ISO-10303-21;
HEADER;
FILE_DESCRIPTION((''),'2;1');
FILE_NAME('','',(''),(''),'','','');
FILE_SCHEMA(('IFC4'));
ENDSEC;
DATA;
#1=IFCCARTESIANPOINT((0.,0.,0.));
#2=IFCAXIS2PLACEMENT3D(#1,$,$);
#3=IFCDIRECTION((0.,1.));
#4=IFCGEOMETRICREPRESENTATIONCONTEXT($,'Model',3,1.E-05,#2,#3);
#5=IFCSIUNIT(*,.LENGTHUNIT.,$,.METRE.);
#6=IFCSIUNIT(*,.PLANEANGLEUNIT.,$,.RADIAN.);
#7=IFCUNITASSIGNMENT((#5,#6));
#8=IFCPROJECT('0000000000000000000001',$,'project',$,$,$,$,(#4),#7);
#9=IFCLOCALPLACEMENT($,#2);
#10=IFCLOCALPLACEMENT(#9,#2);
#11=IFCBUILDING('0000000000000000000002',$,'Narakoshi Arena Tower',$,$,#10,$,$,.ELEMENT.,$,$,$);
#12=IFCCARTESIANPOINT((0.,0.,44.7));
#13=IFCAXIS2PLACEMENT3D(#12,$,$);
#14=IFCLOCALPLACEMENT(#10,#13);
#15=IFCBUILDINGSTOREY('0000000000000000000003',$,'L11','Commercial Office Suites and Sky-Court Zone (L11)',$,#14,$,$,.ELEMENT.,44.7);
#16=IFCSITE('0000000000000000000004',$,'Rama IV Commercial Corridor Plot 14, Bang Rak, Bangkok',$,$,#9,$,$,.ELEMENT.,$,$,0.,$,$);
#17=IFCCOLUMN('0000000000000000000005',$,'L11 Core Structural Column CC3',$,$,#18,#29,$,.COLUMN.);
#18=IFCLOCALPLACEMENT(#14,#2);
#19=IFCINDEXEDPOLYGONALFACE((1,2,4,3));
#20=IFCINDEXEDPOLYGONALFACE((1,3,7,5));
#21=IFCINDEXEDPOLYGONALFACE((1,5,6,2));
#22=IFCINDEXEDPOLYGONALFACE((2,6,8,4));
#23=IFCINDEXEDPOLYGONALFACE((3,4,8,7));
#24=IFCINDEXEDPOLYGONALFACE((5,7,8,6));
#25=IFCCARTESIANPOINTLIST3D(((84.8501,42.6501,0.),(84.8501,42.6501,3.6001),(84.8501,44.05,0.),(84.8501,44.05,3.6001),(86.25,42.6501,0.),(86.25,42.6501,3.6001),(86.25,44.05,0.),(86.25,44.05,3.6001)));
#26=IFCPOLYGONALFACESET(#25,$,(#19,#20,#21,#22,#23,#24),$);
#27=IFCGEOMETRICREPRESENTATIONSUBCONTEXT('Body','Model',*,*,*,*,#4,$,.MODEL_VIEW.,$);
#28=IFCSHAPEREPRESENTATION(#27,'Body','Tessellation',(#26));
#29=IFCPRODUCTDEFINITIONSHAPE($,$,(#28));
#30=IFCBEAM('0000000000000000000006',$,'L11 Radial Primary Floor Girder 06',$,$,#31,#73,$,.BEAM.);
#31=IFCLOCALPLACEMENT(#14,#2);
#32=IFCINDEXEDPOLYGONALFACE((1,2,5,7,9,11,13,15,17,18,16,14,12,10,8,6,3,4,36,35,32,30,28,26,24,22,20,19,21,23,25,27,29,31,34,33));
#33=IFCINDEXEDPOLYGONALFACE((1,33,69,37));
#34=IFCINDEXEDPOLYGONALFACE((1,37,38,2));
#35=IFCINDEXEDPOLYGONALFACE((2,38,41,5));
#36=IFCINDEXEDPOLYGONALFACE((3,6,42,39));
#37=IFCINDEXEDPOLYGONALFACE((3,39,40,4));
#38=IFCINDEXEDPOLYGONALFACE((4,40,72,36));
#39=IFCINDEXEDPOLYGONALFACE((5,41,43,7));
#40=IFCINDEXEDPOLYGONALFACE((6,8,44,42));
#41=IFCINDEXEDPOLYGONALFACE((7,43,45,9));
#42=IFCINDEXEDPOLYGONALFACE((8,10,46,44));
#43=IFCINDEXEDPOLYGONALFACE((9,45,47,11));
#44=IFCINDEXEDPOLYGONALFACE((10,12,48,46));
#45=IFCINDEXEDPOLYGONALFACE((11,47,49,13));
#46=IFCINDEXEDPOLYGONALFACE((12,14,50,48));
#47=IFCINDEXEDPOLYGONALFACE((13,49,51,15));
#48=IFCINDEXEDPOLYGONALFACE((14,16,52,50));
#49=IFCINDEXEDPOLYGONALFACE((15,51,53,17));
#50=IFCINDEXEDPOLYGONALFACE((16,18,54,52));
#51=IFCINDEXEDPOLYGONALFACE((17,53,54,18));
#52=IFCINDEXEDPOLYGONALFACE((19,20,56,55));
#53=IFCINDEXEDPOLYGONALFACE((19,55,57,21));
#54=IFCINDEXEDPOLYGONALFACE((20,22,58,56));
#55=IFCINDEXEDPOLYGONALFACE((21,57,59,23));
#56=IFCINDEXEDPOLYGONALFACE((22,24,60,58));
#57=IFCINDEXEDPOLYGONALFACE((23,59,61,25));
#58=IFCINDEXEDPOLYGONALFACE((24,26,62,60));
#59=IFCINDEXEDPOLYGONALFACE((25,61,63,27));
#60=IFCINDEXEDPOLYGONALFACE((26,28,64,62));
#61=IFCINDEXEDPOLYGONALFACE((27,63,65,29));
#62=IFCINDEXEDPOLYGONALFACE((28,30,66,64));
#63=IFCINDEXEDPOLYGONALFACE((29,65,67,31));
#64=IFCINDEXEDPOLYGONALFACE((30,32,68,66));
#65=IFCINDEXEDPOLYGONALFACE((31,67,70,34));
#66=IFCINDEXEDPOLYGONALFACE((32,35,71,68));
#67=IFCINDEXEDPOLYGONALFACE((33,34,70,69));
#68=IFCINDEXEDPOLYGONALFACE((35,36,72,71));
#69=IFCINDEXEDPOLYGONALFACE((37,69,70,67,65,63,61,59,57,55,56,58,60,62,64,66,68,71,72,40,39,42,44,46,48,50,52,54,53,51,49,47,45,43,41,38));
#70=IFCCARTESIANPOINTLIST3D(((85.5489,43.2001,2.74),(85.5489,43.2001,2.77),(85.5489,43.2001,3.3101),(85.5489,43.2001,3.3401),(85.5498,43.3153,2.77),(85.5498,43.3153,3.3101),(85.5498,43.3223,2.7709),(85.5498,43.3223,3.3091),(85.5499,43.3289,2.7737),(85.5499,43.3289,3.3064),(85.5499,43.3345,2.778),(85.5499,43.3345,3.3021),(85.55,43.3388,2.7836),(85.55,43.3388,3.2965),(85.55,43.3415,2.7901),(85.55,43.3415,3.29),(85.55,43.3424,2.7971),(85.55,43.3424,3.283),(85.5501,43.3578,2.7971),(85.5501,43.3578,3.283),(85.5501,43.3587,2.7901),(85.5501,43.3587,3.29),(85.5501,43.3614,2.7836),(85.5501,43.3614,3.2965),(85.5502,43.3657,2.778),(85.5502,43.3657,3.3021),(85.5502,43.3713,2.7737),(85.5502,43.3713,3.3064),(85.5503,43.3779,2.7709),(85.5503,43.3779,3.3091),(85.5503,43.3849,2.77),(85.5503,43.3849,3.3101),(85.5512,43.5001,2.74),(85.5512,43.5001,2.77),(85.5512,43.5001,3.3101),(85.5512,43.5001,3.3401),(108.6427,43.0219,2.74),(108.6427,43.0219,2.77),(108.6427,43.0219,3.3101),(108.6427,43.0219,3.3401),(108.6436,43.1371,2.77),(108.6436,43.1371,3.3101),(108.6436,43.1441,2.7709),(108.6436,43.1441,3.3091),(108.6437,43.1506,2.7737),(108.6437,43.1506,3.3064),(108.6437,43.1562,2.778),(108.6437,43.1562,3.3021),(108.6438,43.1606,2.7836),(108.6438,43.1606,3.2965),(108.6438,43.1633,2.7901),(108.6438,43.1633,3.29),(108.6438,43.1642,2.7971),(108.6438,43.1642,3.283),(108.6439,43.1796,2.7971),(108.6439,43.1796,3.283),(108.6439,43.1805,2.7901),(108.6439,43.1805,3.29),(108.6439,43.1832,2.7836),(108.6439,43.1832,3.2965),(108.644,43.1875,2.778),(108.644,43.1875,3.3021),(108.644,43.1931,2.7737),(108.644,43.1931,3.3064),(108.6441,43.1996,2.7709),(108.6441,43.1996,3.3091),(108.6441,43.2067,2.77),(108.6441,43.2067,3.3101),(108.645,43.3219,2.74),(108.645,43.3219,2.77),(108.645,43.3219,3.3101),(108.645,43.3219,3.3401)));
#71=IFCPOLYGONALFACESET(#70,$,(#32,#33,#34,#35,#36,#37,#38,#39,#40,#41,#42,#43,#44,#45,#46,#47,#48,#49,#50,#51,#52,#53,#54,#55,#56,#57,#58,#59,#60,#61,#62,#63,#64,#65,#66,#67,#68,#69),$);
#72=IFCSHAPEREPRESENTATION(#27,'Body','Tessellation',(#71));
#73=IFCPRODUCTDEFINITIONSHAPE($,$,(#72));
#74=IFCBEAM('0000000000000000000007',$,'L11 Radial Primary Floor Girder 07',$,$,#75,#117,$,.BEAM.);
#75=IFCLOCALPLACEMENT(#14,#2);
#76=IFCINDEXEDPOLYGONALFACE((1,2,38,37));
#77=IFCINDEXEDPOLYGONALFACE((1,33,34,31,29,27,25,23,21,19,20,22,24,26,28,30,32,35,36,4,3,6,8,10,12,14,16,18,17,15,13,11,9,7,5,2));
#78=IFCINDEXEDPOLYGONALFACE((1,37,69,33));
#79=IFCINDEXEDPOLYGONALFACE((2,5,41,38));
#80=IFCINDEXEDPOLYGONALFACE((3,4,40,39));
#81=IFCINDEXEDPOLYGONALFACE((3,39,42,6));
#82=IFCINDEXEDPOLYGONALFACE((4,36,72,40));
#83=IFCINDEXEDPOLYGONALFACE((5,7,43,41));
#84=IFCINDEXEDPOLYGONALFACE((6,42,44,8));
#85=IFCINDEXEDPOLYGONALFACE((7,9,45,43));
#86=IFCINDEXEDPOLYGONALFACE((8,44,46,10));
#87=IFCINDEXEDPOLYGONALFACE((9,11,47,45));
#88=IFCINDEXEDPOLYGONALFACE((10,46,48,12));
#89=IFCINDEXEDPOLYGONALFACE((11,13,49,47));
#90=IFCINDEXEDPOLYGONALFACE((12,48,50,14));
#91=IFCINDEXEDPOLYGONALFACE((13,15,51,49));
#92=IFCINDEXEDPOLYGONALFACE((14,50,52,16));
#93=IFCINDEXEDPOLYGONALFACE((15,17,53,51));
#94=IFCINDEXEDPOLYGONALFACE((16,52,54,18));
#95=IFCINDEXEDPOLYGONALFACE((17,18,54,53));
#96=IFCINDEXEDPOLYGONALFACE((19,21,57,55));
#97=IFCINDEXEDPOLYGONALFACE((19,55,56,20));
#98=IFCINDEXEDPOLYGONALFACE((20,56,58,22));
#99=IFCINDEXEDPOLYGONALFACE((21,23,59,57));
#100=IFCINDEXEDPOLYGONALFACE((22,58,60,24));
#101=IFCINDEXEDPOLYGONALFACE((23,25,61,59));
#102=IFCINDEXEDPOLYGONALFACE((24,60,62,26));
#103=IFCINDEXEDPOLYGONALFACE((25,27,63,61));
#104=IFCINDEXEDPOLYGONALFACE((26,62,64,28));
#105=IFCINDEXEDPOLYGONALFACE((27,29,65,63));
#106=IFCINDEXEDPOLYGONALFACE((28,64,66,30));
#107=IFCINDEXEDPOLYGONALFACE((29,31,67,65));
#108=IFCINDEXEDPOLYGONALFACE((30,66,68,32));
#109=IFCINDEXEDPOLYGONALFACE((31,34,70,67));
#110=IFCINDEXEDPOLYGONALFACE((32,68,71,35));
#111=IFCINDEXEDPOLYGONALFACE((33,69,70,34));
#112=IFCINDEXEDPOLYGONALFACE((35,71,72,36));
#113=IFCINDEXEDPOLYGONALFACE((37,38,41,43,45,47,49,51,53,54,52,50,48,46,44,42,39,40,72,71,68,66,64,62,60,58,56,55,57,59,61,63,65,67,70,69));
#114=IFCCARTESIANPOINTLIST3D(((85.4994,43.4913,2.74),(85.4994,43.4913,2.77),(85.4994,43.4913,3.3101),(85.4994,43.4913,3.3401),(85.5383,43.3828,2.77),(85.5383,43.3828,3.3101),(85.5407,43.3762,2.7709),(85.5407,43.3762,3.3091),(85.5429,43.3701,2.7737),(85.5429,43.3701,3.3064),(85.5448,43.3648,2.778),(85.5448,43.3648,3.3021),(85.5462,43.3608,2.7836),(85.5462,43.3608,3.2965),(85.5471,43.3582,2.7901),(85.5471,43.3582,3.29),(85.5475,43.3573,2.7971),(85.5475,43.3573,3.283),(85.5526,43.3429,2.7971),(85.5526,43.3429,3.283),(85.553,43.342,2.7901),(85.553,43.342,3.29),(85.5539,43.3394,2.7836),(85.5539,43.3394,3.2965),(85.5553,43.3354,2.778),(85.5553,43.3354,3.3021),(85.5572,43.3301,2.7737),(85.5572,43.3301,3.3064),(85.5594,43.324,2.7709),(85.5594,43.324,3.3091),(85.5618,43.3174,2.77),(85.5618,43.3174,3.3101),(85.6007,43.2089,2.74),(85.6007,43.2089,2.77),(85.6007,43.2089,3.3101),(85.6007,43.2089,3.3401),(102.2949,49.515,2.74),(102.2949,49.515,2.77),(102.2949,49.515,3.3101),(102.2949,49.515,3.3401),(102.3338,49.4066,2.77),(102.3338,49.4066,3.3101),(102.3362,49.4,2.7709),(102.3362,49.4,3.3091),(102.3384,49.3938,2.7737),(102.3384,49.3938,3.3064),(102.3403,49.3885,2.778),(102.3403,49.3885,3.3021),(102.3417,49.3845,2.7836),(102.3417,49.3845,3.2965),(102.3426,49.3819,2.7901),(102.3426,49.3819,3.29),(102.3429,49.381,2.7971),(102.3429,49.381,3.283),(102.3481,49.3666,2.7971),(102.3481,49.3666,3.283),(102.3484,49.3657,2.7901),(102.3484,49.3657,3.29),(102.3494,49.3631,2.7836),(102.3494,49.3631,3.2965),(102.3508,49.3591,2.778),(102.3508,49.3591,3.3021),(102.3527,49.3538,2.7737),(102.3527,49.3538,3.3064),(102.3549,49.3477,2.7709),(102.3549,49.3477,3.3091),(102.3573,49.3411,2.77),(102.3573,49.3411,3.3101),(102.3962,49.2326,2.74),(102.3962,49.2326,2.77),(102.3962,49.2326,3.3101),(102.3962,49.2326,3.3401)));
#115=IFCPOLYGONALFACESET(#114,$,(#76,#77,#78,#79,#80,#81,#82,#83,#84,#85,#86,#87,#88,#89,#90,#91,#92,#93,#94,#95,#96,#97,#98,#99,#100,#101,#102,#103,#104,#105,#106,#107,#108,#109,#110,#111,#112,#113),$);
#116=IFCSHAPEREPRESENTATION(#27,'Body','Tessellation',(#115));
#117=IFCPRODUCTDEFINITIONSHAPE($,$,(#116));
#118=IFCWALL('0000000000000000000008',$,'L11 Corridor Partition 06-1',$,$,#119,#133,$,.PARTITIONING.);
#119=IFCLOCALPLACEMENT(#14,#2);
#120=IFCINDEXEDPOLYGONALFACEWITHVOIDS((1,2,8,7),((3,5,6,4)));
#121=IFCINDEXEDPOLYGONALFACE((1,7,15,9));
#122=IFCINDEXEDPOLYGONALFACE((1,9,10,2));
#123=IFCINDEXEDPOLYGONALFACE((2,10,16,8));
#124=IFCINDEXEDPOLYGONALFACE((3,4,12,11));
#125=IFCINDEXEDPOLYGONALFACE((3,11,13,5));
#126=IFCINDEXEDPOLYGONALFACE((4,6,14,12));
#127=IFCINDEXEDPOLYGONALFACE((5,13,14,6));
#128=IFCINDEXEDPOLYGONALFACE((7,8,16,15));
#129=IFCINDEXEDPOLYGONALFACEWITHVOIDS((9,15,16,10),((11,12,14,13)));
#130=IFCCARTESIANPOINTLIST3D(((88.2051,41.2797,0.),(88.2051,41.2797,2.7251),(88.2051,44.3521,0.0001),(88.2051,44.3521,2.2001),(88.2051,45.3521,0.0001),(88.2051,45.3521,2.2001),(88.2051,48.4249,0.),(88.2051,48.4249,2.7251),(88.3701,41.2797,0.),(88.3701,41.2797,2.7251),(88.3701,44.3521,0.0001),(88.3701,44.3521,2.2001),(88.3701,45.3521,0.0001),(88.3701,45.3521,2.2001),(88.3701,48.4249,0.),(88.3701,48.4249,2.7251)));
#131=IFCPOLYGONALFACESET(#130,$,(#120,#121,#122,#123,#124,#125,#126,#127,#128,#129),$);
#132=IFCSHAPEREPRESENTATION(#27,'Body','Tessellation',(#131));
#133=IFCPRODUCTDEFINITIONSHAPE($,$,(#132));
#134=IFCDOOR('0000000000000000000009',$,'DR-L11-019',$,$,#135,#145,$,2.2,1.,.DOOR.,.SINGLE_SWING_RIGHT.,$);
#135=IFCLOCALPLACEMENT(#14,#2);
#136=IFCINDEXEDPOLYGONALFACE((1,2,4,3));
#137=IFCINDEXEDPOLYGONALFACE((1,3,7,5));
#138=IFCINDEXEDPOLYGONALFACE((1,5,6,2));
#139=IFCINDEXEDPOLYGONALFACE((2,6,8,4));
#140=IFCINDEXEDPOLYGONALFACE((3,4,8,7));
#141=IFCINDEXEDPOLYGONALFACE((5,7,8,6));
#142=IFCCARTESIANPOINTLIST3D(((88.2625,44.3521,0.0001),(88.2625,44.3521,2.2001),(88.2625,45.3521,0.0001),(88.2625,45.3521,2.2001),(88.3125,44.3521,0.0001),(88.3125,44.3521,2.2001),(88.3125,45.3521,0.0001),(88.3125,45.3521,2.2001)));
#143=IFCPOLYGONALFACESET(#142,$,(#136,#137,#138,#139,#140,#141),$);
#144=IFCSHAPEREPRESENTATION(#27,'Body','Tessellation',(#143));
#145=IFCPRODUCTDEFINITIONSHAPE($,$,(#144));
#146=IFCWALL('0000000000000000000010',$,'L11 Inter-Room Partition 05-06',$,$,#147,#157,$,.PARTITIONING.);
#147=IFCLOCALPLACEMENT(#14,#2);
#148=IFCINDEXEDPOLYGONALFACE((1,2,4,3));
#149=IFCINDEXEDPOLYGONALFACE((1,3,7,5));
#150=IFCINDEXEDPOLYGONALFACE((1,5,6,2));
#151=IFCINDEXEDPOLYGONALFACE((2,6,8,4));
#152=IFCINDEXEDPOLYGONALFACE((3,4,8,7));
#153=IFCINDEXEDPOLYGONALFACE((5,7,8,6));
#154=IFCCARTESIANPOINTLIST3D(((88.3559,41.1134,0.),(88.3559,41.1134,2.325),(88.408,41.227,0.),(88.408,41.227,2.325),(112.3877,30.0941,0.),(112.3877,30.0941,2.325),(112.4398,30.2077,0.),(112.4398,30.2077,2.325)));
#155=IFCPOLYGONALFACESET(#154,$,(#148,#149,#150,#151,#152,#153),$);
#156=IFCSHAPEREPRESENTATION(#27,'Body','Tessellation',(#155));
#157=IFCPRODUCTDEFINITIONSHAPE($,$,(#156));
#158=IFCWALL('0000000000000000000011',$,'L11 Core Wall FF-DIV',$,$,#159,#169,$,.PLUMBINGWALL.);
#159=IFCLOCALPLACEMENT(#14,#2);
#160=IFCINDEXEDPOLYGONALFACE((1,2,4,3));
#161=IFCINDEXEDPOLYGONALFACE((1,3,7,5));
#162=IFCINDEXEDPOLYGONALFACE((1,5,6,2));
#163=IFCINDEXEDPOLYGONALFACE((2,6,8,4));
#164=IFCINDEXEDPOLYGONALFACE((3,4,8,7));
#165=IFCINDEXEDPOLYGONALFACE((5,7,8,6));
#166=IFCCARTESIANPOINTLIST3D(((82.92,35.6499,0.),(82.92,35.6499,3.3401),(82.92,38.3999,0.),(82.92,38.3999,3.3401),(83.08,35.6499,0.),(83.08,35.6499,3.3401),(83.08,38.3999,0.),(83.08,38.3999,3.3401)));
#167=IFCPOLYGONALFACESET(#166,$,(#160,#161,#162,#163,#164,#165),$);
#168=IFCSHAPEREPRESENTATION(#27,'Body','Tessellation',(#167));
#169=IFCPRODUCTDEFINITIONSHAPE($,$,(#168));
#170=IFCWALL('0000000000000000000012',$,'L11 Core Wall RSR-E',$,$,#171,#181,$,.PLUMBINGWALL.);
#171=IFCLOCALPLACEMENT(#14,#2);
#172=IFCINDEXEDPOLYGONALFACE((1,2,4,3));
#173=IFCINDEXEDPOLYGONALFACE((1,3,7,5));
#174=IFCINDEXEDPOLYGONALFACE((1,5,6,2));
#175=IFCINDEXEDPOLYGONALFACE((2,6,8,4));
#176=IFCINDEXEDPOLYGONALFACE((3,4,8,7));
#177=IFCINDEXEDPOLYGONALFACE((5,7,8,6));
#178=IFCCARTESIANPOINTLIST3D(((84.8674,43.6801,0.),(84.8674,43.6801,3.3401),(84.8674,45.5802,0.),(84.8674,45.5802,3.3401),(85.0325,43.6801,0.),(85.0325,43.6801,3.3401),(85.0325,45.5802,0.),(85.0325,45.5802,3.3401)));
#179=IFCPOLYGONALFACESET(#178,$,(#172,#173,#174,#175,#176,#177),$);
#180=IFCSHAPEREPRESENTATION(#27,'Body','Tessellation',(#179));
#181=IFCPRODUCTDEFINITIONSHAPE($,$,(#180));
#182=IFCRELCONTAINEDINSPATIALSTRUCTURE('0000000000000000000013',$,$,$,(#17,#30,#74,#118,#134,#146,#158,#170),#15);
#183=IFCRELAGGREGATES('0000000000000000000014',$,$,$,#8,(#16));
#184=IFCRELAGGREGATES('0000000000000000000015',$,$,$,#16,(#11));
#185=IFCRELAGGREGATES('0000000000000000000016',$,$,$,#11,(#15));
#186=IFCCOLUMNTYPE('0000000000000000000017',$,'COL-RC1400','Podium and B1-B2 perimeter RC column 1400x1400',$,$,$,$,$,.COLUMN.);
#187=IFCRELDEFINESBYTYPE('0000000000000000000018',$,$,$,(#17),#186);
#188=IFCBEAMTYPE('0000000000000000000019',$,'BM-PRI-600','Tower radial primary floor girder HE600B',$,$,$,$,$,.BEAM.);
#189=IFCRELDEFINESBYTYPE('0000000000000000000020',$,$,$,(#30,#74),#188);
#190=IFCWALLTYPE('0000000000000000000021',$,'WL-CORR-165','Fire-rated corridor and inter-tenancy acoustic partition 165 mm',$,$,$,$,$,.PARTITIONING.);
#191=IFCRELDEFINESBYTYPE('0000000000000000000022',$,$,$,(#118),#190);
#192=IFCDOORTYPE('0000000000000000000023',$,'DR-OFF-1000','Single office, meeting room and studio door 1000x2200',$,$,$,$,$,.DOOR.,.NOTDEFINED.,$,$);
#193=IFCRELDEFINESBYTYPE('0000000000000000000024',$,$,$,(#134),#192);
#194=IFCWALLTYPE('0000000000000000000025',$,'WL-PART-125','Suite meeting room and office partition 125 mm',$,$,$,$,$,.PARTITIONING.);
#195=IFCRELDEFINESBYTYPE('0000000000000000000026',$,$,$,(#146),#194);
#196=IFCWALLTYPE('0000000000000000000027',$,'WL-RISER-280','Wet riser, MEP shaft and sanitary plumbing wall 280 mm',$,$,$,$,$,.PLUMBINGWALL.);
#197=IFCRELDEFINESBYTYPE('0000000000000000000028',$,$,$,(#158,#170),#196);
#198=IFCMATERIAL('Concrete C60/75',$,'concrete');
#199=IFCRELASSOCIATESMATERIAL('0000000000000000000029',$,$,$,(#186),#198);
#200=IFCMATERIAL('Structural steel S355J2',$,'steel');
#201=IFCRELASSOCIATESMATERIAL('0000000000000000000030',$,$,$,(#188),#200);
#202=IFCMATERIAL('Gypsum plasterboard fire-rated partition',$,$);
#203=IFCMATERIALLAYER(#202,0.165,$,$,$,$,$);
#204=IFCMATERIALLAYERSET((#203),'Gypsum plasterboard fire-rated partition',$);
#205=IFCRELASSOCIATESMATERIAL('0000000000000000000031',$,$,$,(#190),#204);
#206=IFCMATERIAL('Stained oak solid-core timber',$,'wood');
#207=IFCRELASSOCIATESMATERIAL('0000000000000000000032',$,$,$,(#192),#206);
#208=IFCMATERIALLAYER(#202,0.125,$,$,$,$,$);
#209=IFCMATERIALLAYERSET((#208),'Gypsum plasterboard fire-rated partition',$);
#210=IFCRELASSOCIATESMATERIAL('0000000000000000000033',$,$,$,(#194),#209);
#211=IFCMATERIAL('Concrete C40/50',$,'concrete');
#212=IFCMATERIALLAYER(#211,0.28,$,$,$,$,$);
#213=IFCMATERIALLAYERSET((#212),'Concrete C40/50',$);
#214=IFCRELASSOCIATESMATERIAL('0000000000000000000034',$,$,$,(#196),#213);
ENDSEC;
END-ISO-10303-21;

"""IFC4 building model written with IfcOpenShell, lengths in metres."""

from ifc_helpers import new_model, si_unit, direction, frame, frame_2d, origin, origin_2d, place, context, subcontext, project, spatial, rectangle, i_section, extrude, material, layer, layer_set, material_profile, profile_set, type_object, element, fill, save


model = new_model("IFC4")

# Units and contexts
model_context = context("Model", 3, precision=1e-05, world=origin(), true_north=direction((0.0, 1.0)))
body_context = subcontext(model_context, "Body", "Model", "MODEL_VIEW")
ifc_project = project(units=[si_unit("LENGTHUNIT", "METRE"), si_unit("PLANEANGLEUNIT", "RADIAN")], contexts=[model_context])

# Site, building, storey
site_placement = place(None, origin())
site = spatial("IfcSite", under=ifc_project, at=site_placement, Name="Rama IV Commercial Corridor Plot 14, Bang Rak, Bangkok", CompositionType="ELEMENT", RefElevation=0.0)
building_placement = place(site_placement, origin())
building = spatial("IfcBuilding", under=site, at=building_placement, Name="Narakoshi Arena Tower", CompositionType="ELEMENT")
storey_placement = place(building_placement, frame((0.0, 0.0, 44.7)))
storey = spatial("IfcBuildingStorey", under=building, at=storey_placement, Name="L11", Description="Commercial Office Suites and Sky-Court Zone (L11)", CompositionType="ELEMENT", Elevation=44.7)

# Column
ifc_material_1 = material(Name="Concrete C60/75", Category="concrete")
ifc_material_profile_1 = material_profile(ifc_material_1, rectangle(XDim=1.3999, YDim=1.3999, at=origin_2d()), Name="RC1400x1400")
ifc_profile_set_1 = profile_set([ifc_material_profile_1], Name="Concrete C60/75")
column_type = type_object("IfcColumnType", Name="COL-RC1400", Description="Podium and B1-B2 perimeter RC column 1400x1400", PredefinedType="COLUMN", material=ifc_profile_set_1)
column_placement = place(storey_placement, frame((85.55, 43.3501, 0.0), z_axis=(0.0, 0.0, 1.0), x_axis=(1.0, 0.0, 0.0)))
element("IfcColumn", 1, at=column_placement, inside=storey, type_object=column_type, Name="L11 Core Structural Column CC3", PredefinedType="COLUMN", context=body_context, shape_type="SweptSolid", body=[
    extrude(rectangle(XDim=1.3999, YDim=1.3999, at=origin_2d()), origin(), (0.0, 0.0, 1.0), 3.6001),
])

# Beams
ifc_material_2 = material(Name="Structural steel S355J2", Category="steel")
ifc_material_profile_2 = material_profile(ifc_material_2, i_section(OverallWidth=0.3, OverallDepth=0.6001, WebThickness=0.0154, FlangeThickness=0.03, FilletRadius=0.0271, at=origin_2d()), Name="HE600B")
ifc_profile_set_2 = profile_set([ifc_material_profile_2], Name="Structural steel S355J2")
beam_type = type_object("IfcBeamType", Name="BM-PRI-600", Description="Tower radial primary floor girder HE600B", PredefinedType="BEAM", material=ifc_profile_set_2)
beam_1_placement = place(storey_placement, frame((85.55, 43.3501, 3.04), z_axis=(0.99997, -0.007717, 0.0), x_axis=(0.007717, 0.99997, 0.0)))
element("IfcBeam", 2, at=beam_1_placement, inside=storey, type_object=beam_type, Name="L11 Radial Primary Floor Girder 06", PredefinedType="BEAM", context=body_context, shape_type="SweptSolid", body=[
    extrude(i_section(OverallWidth=0.3, OverallDepth=0.6001, WebThickness=0.0154, FlangeThickness=0.03, FilletRadius=0.0271, at=origin_2d()), origin(), (0.0, 0.0, 1.0), 23.0945),
])
beam_2_placement = place(storey_placement, frame((85.55, 43.3501, 3.04), z_axis=(0.941292, 0.337595, 0.0), x_axis=(-0.337595, 0.941292, 0.0)))
element("IfcBeam", 3, at=beam_2_placement, inside=storey, type_object=beam_type, Name="L11 Radial Primary Floor Girder 07", PredefinedType="BEAM", context=body_context, shape_type="SweptSolid", body=[
    extrude(i_section(OverallWidth=0.3, OverallDepth=0.6001, WebThickness=0.0154, FlangeThickness=0.03, FilletRadius=0.0271, at=origin_2d()), origin(), (0.0, 0.0, 1.0), 17.843),
])

# Wall, opening, door
ifc_material_3 = material(Name="Gypsum plasterboard fire-rated partition")
ifc_layer_1 = layer(ifc_material_3, 0.165)
ifc_layer_set_1 = layer_set([ifc_layer_1], Name="Gypsum plasterboard fire-rated partition")
wall_type_1 = type_object("IfcWallType", Name="WL-CORR-165", Description="Fire-rated corridor and inter-tenancy acoustic partition 165 mm", PredefinedType="PARTITIONING", material=ifc_layer_set_1)
wall_1_placement = place(storey_placement, frame((88.2876, 41.2795, 0.0), z_axis=(0.0, 0.0, 1.0), x_axis=(0.0, 1.0, 0.0)))
wall_1 = element("IfcWall", 4, at=wall_1_placement, inside=storey, type_object=wall_type_1, Name="L11 Corridor Partition 06-1", PredefinedType="PARTITIONING", context=body_context, shape_type="SweptSolid", body=[
    extrude(rectangle(XDim=7.1453, YDim=0.165, at=frame_2d((3.5728, 0.0))), origin(), (0.0, 0.0, 1.0), 2.7251),
])
opening_1_placement = place(wall_1_placement, frame((3.0725, 0.0, 0.0)))
opening_1 = element("IfcOpeningElement", 5, at=opening_1_placement, cuts=wall_1, PredefinedType="OPENING", context=body_context, shape_type="SweptSolid", body=[
    extrude(rectangle(XDim=1.0, YDim=2.2, at=frame_2d((0.5, 1.1001))), frame((0.0, 0.0925, 0.0), z_axis=(0.0, -1.0, 0.0), x_axis=(1.0, 0.0, 0.0)), (0.0, 0.0, 1.0), 0.1851),
])
ifc_material_4 = material(Name="Stained oak solid-core timber", Category="wood")
door_type_1 = type_object("IfcDoorType", Name="DR-OFF-1000", Description="Single office, meeting room and studio door 1000x2200", OperationType="NOTDEFINED", PredefinedType="DOOR", material=ifc_material_4)
door_1_placement = place(opening_1_placement, frame((1.0, 0.0, 0.0), z_axis=(0.0, 0.0, 1.0), x_axis=(-1.0, 0.0, 0.0)))
door_1 = element("IfcDoor", 6, at=door_1_placement, inside=storey, type_object=door_type_1, Name="DR-L11-019", OperationType="SINGLE_SWING_RIGHT", OverallHeight=2.2, OverallWidth=1.0, PredefinedType="DOOR", context=body_context, shape_type="SweptSolid", body=[
    extrude(rectangle(XDim=1.0, YDim=2.2, at=frame_2d((0.5, 1.1001))), frame((0.0, 0.0249, 0.0), z_axis=(0.0, -1.0, 0.0), x_axis=(1.0, 0.0, 0.0)), (0.0, 0.0, 1.0), 0.05),
])
fill(opening_1, door_1)

# Walls
ifc_layer_2 = layer(ifc_material_3, 0.125)
ifc_layer_set_2 = layer_set([ifc_layer_2], Name="Gypsum plasterboard fire-rated partition")
wall_type_2 = type_object("IfcWallType", Name="WL-PART-125", Description="Suite meeting room and office partition 125 mm", PredefinedType="PARTITIONING", material=ifc_layer_set_2)
wall_2_placement = place(storey_placement, frame((88.3821, 41.1702, 0.0), z_axis=(0.0, 0.0, 1.0), x_axis=(0.908997, -0.416803, 0.0)))
element("IfcWall", 7, at=wall_2_placement, inside=storey, type_object=wall_type_2, Name="L11 Inter-Room Partition 05-06", PredefinedType="PARTITIONING", context=body_context, shape_type="SweptSolid", body=[
    extrude(rectangle(XDim=26.4377, YDim=0.125, at=frame_2d((13.2188, 0.0))), origin(), (0.0, 0.0, 1.0), 2.325),
])
ifc_material_5 = material(Name="Concrete C40/50", Category="concrete")
ifc_layer_3 = layer(ifc_material_5, 0.28)
ifc_layer_set_3 = layer_set([ifc_layer_3], Name="Concrete C40/50")
wall_type_3 = type_object("IfcWallType", Name="WL-RISER-280", Description="Wet riser, MEP shaft and sanitary plumbing wall 280 mm", PredefinedType="PLUMBINGWALL", material=ifc_layer_set_3)
wall_3_placement = place(storey_placement, frame((83.0, 35.6499, 0.0), z_axis=(0.0, 0.0, 1.0), x_axis=(0.0, 1.0, 0.0)))
element("IfcWall", 8, at=wall_3_placement, inside=storey, type_object=wall_type_3, Name="L11 Core Wall FF-DIV", PredefinedType="PLUMBINGWALL", context=body_context, shape_type="SweptSolid", body=[
    extrude(rectangle(XDim=2.75, YDim=0.1599, at=frame_2d((1.375, 0.0))), origin(), (0.0, 0.0, 1.0), 3.3401),
])
wall_4_placement = place(storey_placement, frame((84.95, 43.6799, 0.0), z_axis=(0.0, 0.0, 1.0), x_axis=(0.0, 1.0, 0.0)))
element("IfcWall", 9, at=wall_4_placement, inside=storey, type_object=wall_type_3, Name="L11 Core Wall RSR-E", PredefinedType="PLUMBINGWALL", context=body_context, shape_type="SweptSolid", body=[
    extrude(rectangle(XDim=1.9001, YDim=0.165, at=frame_2d((0.9502, 0.0))), origin(), (0.0, 0.0, 1.0), 3.3401),
])

save(model, "model.ifc")
